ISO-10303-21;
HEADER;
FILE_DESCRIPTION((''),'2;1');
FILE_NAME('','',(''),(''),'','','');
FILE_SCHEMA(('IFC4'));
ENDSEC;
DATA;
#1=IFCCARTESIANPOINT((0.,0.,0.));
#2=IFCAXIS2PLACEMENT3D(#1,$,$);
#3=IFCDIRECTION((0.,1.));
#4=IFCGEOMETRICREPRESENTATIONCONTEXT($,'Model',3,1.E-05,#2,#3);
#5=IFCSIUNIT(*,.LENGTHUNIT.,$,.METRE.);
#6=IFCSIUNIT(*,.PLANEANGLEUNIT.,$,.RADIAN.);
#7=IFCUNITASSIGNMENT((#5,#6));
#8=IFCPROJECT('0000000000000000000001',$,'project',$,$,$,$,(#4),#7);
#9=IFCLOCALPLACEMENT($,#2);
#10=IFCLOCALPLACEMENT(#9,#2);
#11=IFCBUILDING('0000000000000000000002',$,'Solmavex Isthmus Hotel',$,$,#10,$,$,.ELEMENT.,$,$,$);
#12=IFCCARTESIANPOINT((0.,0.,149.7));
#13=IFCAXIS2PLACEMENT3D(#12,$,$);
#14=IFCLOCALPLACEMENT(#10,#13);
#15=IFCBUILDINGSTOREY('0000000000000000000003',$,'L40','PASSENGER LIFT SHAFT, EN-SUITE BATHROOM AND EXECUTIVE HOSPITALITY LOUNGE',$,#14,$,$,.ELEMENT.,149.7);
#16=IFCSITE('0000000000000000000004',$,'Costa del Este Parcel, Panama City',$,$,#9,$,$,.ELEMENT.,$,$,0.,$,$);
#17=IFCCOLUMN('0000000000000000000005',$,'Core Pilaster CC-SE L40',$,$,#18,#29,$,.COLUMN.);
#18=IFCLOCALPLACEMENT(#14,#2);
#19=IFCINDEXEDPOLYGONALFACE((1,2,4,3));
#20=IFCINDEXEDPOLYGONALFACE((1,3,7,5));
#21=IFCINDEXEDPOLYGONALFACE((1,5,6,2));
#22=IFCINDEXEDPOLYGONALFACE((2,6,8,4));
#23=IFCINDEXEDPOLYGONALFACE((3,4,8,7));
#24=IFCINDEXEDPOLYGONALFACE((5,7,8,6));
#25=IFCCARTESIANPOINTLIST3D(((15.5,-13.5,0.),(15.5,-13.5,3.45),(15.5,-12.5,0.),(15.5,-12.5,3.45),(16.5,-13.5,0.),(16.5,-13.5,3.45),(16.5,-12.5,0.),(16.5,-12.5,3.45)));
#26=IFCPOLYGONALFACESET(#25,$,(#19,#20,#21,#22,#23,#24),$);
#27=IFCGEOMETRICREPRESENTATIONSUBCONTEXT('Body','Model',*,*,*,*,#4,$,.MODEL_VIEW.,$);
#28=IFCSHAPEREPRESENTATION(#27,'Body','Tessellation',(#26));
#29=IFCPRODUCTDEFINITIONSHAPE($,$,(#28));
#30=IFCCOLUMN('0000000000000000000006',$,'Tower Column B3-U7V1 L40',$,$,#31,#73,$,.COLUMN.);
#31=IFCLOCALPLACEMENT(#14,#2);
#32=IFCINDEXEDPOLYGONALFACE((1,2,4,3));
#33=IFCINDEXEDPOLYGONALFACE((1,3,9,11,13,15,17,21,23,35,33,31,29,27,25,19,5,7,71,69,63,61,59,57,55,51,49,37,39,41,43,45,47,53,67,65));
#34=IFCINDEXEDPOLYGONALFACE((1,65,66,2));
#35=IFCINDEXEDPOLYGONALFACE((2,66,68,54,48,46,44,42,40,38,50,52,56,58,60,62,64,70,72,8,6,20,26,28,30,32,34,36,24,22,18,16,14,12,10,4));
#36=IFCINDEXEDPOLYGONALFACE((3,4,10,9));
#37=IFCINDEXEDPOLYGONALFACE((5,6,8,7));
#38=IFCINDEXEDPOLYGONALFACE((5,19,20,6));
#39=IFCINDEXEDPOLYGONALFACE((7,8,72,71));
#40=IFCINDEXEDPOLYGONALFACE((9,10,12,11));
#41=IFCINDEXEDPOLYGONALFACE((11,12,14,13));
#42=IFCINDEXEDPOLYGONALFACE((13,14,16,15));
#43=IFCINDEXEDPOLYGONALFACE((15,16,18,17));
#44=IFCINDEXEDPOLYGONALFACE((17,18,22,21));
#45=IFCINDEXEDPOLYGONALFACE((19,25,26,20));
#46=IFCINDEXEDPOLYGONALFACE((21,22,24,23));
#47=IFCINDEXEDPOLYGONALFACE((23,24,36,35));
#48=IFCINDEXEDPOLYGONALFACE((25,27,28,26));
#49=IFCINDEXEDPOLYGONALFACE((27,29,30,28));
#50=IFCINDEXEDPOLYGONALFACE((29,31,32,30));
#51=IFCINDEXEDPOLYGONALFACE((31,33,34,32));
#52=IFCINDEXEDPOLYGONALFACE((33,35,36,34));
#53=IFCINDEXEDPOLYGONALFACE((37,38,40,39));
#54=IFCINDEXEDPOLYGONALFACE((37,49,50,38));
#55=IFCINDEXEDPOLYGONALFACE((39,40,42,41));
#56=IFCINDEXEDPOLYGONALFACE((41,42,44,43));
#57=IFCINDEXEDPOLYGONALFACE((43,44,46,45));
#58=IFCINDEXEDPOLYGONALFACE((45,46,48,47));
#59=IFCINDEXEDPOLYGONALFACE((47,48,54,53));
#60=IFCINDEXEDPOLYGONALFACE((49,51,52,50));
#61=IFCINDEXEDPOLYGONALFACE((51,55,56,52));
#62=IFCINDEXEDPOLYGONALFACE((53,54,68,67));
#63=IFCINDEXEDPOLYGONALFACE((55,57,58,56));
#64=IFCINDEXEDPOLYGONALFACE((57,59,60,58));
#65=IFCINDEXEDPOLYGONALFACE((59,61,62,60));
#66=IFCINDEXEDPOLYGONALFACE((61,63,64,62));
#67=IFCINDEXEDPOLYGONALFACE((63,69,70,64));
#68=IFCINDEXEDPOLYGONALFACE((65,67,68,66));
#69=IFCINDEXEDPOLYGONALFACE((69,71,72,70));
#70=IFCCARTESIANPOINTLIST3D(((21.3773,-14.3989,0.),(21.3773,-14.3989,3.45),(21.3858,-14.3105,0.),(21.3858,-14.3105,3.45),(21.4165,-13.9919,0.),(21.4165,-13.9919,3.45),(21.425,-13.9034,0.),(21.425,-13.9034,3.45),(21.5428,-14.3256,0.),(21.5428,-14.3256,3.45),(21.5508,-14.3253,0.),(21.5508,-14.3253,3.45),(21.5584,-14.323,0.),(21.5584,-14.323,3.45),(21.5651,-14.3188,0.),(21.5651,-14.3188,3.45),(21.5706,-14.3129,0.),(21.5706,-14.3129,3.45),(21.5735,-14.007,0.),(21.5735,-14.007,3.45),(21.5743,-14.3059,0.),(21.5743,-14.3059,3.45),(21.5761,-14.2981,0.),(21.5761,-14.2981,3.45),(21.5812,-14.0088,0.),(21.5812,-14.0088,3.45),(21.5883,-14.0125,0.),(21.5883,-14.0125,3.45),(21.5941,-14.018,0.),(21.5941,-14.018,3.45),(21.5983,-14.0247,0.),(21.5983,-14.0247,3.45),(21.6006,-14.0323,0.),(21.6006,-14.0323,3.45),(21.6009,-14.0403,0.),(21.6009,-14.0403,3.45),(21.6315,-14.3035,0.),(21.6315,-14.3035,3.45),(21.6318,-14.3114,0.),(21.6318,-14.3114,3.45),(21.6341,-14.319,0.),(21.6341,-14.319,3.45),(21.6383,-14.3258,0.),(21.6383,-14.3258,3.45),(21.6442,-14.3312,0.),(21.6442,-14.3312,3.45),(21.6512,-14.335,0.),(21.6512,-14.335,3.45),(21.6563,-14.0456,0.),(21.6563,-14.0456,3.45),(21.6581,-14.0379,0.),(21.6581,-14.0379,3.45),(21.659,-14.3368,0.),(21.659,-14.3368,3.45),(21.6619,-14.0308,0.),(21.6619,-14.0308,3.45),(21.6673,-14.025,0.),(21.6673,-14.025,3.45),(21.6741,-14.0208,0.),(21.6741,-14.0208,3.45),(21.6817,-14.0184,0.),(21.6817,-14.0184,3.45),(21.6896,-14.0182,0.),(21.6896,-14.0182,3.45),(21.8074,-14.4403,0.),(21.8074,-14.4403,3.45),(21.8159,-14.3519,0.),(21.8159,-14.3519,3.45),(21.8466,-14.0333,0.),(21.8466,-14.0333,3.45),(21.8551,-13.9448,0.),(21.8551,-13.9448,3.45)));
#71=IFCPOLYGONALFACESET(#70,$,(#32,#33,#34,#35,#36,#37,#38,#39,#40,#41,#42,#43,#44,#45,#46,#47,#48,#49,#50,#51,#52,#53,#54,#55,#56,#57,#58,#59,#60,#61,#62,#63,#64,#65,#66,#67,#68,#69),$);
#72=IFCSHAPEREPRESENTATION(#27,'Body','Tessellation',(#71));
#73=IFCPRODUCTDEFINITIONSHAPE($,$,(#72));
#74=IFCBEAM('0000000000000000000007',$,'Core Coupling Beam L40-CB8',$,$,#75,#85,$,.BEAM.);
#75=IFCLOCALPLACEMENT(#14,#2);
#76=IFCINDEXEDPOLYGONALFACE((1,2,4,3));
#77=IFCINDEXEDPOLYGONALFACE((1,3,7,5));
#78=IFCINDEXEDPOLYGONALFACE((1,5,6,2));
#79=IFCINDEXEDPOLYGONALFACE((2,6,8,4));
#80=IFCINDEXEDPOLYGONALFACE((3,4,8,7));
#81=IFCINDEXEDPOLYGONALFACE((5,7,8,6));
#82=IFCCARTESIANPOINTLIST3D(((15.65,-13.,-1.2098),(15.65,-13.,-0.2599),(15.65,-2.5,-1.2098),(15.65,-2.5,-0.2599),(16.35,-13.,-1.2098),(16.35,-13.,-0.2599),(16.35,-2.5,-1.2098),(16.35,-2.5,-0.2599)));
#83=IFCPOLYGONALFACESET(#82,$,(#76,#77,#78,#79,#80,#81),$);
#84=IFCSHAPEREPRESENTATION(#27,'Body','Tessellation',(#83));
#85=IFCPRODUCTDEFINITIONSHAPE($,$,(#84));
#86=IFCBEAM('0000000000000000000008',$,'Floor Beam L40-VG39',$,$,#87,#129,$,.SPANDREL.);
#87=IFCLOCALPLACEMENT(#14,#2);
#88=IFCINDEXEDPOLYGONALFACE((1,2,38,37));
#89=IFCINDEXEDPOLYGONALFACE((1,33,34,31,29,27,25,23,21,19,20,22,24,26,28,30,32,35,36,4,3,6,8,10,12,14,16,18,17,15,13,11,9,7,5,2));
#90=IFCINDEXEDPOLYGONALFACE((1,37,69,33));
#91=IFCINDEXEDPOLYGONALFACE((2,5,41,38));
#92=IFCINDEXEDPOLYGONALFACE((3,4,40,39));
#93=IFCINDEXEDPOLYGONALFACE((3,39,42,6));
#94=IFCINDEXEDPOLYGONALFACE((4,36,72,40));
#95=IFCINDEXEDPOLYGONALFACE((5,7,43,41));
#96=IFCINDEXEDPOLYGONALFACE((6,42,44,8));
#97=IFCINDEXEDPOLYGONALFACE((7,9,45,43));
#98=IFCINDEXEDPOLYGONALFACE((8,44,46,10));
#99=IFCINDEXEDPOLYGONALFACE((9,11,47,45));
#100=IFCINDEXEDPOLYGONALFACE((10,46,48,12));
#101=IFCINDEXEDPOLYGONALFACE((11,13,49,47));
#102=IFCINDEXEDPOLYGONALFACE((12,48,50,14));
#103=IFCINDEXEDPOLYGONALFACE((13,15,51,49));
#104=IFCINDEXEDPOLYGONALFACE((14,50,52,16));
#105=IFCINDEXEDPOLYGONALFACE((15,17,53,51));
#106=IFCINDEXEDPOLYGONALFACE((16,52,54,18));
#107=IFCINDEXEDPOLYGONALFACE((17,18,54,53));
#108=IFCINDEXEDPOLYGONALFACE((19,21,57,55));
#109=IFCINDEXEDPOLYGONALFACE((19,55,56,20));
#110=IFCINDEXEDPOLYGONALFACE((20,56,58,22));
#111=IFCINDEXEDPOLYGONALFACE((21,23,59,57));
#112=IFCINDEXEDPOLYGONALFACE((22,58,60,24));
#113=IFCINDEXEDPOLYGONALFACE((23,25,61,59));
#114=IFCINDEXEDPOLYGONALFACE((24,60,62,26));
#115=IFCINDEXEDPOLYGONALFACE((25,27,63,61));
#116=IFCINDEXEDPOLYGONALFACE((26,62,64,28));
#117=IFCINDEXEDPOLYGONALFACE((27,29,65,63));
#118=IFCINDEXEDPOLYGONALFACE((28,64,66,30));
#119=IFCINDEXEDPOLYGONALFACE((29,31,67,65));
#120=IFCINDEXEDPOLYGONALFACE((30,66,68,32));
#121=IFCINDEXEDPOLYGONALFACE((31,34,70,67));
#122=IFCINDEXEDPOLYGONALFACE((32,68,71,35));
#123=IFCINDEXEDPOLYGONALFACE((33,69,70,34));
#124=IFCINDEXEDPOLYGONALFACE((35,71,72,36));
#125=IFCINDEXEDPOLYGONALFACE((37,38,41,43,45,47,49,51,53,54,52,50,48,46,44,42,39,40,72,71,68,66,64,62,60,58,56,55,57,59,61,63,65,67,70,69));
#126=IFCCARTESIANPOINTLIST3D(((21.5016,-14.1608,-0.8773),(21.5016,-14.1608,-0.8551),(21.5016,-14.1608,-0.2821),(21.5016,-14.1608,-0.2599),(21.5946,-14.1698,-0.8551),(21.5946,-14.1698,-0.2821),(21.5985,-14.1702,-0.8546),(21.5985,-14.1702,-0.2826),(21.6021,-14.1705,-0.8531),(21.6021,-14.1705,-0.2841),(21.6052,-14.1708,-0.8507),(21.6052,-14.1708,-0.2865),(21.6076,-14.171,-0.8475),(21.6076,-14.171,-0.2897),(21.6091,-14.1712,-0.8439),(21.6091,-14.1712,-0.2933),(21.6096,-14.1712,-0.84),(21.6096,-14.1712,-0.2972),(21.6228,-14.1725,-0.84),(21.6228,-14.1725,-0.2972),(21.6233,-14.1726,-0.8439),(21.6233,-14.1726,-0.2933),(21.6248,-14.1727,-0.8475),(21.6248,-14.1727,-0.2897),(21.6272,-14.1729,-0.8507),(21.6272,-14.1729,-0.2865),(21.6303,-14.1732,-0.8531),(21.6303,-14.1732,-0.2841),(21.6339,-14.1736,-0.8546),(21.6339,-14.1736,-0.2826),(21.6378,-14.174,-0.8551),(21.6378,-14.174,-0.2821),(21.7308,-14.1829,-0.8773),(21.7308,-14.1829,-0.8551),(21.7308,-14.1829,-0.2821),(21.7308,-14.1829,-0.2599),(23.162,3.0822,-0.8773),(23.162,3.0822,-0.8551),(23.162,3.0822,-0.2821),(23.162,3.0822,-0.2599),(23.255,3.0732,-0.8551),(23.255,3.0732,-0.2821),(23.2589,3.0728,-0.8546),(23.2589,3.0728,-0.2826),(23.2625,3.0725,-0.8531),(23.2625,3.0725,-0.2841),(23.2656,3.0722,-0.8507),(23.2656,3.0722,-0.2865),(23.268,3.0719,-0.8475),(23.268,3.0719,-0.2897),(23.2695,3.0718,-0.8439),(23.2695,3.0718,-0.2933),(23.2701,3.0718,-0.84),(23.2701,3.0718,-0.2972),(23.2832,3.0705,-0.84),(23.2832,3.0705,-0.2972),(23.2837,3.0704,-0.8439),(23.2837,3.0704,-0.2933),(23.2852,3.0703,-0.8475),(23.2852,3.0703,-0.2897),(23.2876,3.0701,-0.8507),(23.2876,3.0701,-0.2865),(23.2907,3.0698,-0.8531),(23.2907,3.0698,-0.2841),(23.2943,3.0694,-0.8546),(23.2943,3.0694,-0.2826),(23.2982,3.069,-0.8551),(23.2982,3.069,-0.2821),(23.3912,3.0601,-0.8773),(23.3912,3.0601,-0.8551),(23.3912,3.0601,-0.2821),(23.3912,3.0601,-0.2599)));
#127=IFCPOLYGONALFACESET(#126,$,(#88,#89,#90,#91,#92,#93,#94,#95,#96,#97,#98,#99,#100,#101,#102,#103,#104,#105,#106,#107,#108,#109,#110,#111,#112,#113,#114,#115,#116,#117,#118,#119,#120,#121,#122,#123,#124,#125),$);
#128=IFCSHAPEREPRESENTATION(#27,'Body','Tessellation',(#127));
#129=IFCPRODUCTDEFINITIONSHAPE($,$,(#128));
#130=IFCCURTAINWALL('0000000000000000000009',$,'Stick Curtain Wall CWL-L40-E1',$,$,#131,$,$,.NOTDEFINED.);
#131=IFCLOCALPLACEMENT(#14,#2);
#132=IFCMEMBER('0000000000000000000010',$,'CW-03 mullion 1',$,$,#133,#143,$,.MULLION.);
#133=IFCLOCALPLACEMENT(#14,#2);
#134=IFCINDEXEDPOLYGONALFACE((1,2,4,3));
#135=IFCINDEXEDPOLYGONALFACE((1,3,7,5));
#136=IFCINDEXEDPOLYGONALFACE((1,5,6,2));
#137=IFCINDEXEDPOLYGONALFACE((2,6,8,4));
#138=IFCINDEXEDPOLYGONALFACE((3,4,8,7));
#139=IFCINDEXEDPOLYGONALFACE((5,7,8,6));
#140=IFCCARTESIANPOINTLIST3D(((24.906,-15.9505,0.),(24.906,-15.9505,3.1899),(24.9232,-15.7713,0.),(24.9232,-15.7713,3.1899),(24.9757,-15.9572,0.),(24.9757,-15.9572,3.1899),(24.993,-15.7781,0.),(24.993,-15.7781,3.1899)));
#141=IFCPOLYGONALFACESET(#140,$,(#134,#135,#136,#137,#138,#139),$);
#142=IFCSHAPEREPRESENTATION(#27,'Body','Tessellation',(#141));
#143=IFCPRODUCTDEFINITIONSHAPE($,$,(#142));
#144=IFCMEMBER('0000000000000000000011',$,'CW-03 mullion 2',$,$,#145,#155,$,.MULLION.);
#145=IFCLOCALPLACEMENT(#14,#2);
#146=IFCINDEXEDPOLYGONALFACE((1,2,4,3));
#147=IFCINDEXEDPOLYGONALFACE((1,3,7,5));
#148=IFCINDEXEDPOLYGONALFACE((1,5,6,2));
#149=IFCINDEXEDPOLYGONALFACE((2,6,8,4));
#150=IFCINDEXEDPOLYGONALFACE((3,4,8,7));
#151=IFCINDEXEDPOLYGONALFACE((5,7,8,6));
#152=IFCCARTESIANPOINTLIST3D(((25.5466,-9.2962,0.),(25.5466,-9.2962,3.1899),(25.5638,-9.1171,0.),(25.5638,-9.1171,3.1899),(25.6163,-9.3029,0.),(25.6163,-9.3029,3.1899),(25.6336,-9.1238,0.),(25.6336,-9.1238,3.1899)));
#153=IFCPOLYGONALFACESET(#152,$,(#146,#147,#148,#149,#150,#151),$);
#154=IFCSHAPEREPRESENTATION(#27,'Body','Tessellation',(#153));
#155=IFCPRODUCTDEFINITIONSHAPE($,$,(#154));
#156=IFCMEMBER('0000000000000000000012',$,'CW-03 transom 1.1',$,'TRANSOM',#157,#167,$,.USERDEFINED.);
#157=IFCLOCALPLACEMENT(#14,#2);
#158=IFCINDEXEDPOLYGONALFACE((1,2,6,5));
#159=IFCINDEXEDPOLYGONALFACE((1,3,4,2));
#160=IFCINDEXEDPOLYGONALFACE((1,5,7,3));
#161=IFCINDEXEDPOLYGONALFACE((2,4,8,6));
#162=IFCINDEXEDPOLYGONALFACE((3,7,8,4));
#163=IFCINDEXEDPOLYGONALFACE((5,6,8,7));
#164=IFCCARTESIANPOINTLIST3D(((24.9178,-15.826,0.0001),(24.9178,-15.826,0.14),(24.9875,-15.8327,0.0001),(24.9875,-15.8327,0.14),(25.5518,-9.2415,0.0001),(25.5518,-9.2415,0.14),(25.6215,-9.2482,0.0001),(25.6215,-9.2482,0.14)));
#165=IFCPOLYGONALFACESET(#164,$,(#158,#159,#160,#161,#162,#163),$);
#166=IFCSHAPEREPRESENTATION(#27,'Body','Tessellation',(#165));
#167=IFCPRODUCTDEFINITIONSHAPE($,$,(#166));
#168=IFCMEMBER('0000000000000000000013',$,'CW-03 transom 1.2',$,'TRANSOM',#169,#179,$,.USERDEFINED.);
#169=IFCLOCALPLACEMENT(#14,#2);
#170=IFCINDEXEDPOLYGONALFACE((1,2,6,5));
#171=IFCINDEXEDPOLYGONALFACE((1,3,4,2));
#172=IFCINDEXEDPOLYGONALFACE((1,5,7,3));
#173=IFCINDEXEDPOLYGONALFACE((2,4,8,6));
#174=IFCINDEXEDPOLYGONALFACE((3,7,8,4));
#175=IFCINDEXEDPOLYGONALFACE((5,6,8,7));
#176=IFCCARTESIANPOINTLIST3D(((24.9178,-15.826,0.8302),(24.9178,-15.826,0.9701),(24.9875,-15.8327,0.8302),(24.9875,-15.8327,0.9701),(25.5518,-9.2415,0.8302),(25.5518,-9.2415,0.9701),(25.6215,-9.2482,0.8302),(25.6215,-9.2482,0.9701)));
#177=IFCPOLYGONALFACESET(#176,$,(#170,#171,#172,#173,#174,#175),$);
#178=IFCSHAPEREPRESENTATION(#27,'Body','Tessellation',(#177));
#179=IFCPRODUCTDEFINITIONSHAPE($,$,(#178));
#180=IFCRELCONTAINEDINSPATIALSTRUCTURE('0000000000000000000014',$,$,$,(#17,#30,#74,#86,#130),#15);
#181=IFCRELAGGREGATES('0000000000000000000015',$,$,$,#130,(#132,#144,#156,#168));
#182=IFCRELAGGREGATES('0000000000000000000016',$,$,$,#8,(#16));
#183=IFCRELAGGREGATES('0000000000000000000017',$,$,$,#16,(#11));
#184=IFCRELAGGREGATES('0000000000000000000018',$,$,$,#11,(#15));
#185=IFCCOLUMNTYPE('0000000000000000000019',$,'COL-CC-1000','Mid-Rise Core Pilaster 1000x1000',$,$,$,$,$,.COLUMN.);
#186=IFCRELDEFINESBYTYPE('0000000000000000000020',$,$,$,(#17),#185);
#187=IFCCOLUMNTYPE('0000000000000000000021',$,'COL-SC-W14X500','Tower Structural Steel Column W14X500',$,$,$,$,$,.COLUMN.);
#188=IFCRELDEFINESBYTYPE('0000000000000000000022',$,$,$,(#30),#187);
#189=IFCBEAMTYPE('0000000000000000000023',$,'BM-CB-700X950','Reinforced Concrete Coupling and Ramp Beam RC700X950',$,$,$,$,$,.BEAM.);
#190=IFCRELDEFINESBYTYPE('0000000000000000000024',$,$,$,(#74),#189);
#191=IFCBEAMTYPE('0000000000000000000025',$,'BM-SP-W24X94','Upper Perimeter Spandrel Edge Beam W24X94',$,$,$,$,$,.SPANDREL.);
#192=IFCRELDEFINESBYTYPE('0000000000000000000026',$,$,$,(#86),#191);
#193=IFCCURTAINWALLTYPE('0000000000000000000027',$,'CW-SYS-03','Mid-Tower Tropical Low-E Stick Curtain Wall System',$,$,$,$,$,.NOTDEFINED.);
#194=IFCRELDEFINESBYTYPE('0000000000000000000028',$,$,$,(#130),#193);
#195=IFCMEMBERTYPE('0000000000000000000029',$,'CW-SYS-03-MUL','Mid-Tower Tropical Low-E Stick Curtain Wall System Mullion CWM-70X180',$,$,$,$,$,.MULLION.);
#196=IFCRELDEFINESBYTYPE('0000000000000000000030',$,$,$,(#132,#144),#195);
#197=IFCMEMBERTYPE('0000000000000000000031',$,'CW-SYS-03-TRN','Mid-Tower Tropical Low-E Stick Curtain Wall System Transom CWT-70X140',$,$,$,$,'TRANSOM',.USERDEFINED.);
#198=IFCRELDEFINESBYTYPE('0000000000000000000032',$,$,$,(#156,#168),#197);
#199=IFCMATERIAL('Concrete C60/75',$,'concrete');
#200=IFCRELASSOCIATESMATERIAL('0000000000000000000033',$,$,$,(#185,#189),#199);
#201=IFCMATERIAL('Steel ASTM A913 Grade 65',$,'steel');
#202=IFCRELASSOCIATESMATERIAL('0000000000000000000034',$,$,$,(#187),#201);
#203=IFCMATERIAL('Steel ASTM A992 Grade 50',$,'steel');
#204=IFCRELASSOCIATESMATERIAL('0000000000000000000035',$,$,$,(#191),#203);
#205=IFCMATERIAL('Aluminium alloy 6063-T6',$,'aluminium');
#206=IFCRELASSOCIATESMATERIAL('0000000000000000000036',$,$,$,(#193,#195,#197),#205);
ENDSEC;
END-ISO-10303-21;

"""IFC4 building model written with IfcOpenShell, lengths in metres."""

from ifc_helpers import new_model, si_unit, direction, frame, origin, origin_2d, place, context, subcontext, project, spatial, rectangle, i_section, extrude, material, material_profile, profile_set, type_object, element, aggregate, save


model = new_model("IFC4")

# Units and contexts
model_context = context("Model", 3, precision=1e-05, world=origin(), true_north=direction((0.0, 1.0)))
body_context = subcontext(model_context, "Body", "Model", "MODEL_VIEW")
ifc_project = project(units=[si_unit("LENGTHUNIT", "METRE"), si_unit("PLANEANGLEUNIT", "RADIAN")], contexts=[model_context])

# Site, building, storey
site_placement = place(None, origin())
site = spatial("IfcSite", under=ifc_project, at=site_placement, Name="Costa del Este Parcel, Panama City", CompositionType="ELEMENT", RefElevation=0.0)
building_placement = place(site_placement, origin())
building = spatial("IfcBuilding", under=site, at=building_placement, Name="Solmavex Isthmus Hotel", CompositionType="ELEMENT")
storey_placement = place(building_placement, frame((0.0, 0.0, 149.7)))
storey = spatial("IfcBuildingStorey", under=building, at=storey_placement, Name="L40", Description="PASSENGER LIFT SHAFT, EN-SUITE BATHROOM AND EXECUTIVE HOSPITALITY LOUNGE", CompositionType="ELEMENT", Elevation=149.7)

# Columns
ifc_material_1 = material(Name="Concrete C60/75", Category="concrete")
ifc_material_profile_1 = material_profile(ifc_material_1, rectangle(XDim=1.0, YDim=1.0, at=origin_2d()), Name="RC1000X1000")
ifc_profile_set_1 = profile_set([ifc_material_profile_1], Name="Concrete C60/75")
column_type_1 = type_object("IfcColumnType", Name="COL-CC-1000", Description="Mid-Rise Core Pilaster 1000x1000", PredefinedType="COLUMN", material=ifc_profile_set_1)
column_1_placement = place(storey_placement, frame((16.0, -13.0, 0.0), z_axis=(0.0, 0.0, 1.0), x_axis=(1.0, 0.0, 0.0)))
element("IfcColumn", 1, at=column_1_placement, inside=storey, type_object=column_type_1, Name="Core Pilaster CC-SE L40", PredefinedType="COLUMN", context=body_context, shape_type="SweptSolid", body=[
    extrude(rectangle(XDim=1.0, YDim=1.0, at=origin_2d()), origin(), (0.0, 0.0, 1.0), 3.45),
])
ifc_material_2 = material(Name="Steel ASTM A913 Grade 65", Category="steel")
ifc_material_profile_2 = material_profile(ifc_material_2, i_section(OverallWidth=0.4321, OverallDepth=0.4978, WebThickness=0.0557, FlangeThickness=0.0889, FilletRadius=0.0305, at=origin_2d()), Name="W14X500")
ifc_profile_set_2 = profile_set([ifc_material_profile_2], Name="Steel ASTM A913 Grade 65")
column_type_2 = type_object("IfcColumnType", Name="COL-SC-W14X500", Description="Tower Structural Steel Column W14X500", PredefinedType="COLUMN", material=ifc_profile_set_2)
column_2_placement = place(storey_placement, frame((21.6162, -14.1719, 0.0), z_axis=(0.0, 0.0, 1.0), x_axis=(0.995396, -0.095846, 0.0)))
element("IfcColumn", 2, at=column_2_placement, inside=storey, type_object=column_type_2, Name="Tower Column B3-U7V1 L40", PredefinedType="COLUMN", context=body_context, shape_type="SweptSolid", body=[
    extrude(i_section(OverallWidth=0.4321, OverallDepth=0.4978, WebThickness=0.0557, FlangeThickness=0.0889, FilletRadius=0.0305, at=origin_2d()), origin(), (0.0, 0.0, 1.0), 3.45),
])

# Beams
ifc_material_profile_3 = material_profile(ifc_material_1, rectangle(XDim=0.7, YDim=0.95, at=origin_2d()), Name="RC700X950")
ifc_profile_set_3 = profile_set([ifc_material_profile_3], Name="Concrete C60/75")
beam_type_1 = type_object("IfcBeamType", Name="BM-CB-700X950", Description="Reinforced Concrete Coupling and Ramp Beam RC700X950", PredefinedType="BEAM", material=ifc_profile_set_3)
beam_1_placement = place(storey_placement, frame((16.0, -13.0, -0.7349), z_axis=(0.0, 1.0, 0.0), x_axis=(-1.0, 0.0, 0.0)))
element("IfcBeam", 3, at=beam_1_placement, inside=storey, type_object=beam_type_1, Name="Core Coupling Beam L40-CB8", PredefinedType="BEAM", context=body_context, shape_type="SweptSolid", body=[
    extrude(rectangle(XDim=0.7, YDim=0.95, at=origin_2d()), origin(), (0.0, 0.0, 1.0), 10.5),
])
ifc_material_3 = material(Name="Steel ASTM A992 Grade 50", Category="steel")
ifc_material_profile_4 = material_profile(ifc_material_3, i_section(OverallWidth=0.2302, OverallDepth=0.6174, WebThickness=0.0132, FlangeThickness=0.0222, FilletRadius=0.0151, at=origin_2d()), Name="W24X94")
ifc_profile_set_4 = profile_set([ifc_material_profile_4], Name="Steel ASTM A992 Grade 50")
beam_type_2 = type_object("IfcBeamType", Name="BM-SP-W24X94", Description="Upper Perimeter Spandrel Edge Beam W24X94", PredefinedType="SPANDREL", material=ifc_profile_set_4)
beam_2_placement = place(storey_placement, frame((21.6162, -14.1719, -0.5686), z_axis=(0.095851, 0.995396, 0.0), x_axis=(-0.995396, 0.095851, 0.0)))
element("IfcBeam", 4, at=beam_2_placement, inside=storey, type_object=beam_type_2, Name="Floor Beam L40-VG39", PredefinedType="SPANDREL", context=body_context, shape_type="SweptSolid", body=[
    extrude(i_section(OverallWidth=0.2302, OverallDepth=0.6174, WebThickness=0.0132, FlangeThickness=0.0222, FilletRadius=0.0151, at=origin_2d()), origin(), (0.0, 0.0, 1.0), 17.3228),
])

# Curtain wall, members
ifc_material_4 = material(Name="Aluminium alloy 6063-T6", Category="aluminium")
curtain_wall_type = type_object("IfcCurtainWallType", Name="CW-SYS-03", Description="Mid-Tower Tropical Low-E Stick Curtain Wall System", PredefinedType="NOTDEFINED", material=ifc_material_4)
curtain_wall_placement = place(storey_placement, origin())
curtain_wall = element("IfcCurtainWall", 5, at=curtain_wall_placement, inside=storey, type_object=curtain_wall_type, Name="Stick Curtain Wall CWL-L40-E1", PredefinedType="NOTDEFINED")
ifc_material_profile_5 = material_profile(ifc_material_4, rectangle(XDim=0.0701, YDim=0.1799, at=origin_2d()), Name="CWM-70X180")
ifc_profile_set_5 = profile_set([ifc_material_profile_5], Name="Aluminium alloy 6063-T6")
member_type_1 = type_object("IfcMemberType", Name="CW-SYS-03-MUL", Description="Mid-Tower Tropical Low-E Stick Curtain Wall System Mullion CWM-70X180", PredefinedType="MULLION", material=ifc_profile_set_5)
member_1_placement = place(storey_placement, frame((24.9495, -15.8643, 0.0), z_axis=(0.0, 0.0, 1.0), x_axis=(-0.995396, 0.095846, 0.0)))
member_1 = element("IfcMember", 6, at=member_1_placement, type_object=member_type_1, Name="CW-03 mullion 1", PredefinedType="MULLION", context=body_context, shape_type="SweptSolid", body=[
    extrude(rectangle(XDim=0.0701, YDim=0.1799, at=origin_2d()), origin(), (0.0, 0.0, 1.0), 3.1899),
])
member_2_placement = place(storey_placement, frame((25.5901, -9.21, 0.0), z_axis=(0.0, 0.0, 1.0), x_axis=(-0.995396, 0.095846, 0.0)))
member_2 = element("IfcMember", 7, at=member_2_placement, type_object=member_type_1, Name="CW-03 mullion 2", PredefinedType="MULLION", context=body_context, shape_type="SweptSolid", body=[
    extrude(rectangle(XDim=0.0701, YDim=0.1799, at=origin_2d()), origin(), (0.0, 0.0, 1.0), 3.1899),
])
ifc_material_profile_6 = material_profile(ifc_material_4, rectangle(XDim=0.0701, YDim=0.1399, at=origin_2d()), Name="CWT-70X140")
ifc_profile_set_6 = profile_set([ifc_material_profile_6], Name="Aluminium alloy 6063-T6")
member_type_2 = type_object("IfcMemberType", Name="CW-SYS-03-TRN", Description="Mid-Tower Tropical Low-E Stick Curtain Wall System Transom CWT-70X140", ElementType="TRANSOM", PredefinedType="USERDEFINED", material=ifc_profile_set_6)
member_3_placement = place(storey_placement, frame((24.9526, -15.8293, 0.0701), z_axis=(0.095849, 0.995396, 0.0), x_axis=(-0.995396, 0.095849, 0.0)))
member_3 = element("IfcMember", 8, at=member_3_placement, type_object=member_type_2, Name="CW-03 transom 1.1", ObjectType="TRANSOM", PredefinedType="USERDEFINED", context=body_context, shape_type="SweptSolid", body=[
    extrude(rectangle(XDim=0.0701, YDim=0.1399, at=origin_2d()), origin(), (0.0, 0.0, 1.0), 6.615),
])
member_4_placement = place(storey_placement, frame((24.9526, -15.8293, 0.9001), z_axis=(0.095849, 0.995396, 0.0), x_axis=(-0.995396, 0.095849, 0.0)))
member_4 = element("IfcMember", 9, at=member_4_placement, type_object=member_type_2, Name="CW-03 transom 1.2", ObjectType="TRANSOM", PredefinedType="USERDEFINED", context=body_context, shape_type="SweptSolid", body=[
    extrude(rectangle(XDim=0.0701, YDim=0.1399, at=origin_2d()), origin(), (0.0, 0.0, 1.0), 6.615),
])
aggregate(curtain_wall, [member_1, member_2, member_3, member_4])

save(model, "model.ifc")
